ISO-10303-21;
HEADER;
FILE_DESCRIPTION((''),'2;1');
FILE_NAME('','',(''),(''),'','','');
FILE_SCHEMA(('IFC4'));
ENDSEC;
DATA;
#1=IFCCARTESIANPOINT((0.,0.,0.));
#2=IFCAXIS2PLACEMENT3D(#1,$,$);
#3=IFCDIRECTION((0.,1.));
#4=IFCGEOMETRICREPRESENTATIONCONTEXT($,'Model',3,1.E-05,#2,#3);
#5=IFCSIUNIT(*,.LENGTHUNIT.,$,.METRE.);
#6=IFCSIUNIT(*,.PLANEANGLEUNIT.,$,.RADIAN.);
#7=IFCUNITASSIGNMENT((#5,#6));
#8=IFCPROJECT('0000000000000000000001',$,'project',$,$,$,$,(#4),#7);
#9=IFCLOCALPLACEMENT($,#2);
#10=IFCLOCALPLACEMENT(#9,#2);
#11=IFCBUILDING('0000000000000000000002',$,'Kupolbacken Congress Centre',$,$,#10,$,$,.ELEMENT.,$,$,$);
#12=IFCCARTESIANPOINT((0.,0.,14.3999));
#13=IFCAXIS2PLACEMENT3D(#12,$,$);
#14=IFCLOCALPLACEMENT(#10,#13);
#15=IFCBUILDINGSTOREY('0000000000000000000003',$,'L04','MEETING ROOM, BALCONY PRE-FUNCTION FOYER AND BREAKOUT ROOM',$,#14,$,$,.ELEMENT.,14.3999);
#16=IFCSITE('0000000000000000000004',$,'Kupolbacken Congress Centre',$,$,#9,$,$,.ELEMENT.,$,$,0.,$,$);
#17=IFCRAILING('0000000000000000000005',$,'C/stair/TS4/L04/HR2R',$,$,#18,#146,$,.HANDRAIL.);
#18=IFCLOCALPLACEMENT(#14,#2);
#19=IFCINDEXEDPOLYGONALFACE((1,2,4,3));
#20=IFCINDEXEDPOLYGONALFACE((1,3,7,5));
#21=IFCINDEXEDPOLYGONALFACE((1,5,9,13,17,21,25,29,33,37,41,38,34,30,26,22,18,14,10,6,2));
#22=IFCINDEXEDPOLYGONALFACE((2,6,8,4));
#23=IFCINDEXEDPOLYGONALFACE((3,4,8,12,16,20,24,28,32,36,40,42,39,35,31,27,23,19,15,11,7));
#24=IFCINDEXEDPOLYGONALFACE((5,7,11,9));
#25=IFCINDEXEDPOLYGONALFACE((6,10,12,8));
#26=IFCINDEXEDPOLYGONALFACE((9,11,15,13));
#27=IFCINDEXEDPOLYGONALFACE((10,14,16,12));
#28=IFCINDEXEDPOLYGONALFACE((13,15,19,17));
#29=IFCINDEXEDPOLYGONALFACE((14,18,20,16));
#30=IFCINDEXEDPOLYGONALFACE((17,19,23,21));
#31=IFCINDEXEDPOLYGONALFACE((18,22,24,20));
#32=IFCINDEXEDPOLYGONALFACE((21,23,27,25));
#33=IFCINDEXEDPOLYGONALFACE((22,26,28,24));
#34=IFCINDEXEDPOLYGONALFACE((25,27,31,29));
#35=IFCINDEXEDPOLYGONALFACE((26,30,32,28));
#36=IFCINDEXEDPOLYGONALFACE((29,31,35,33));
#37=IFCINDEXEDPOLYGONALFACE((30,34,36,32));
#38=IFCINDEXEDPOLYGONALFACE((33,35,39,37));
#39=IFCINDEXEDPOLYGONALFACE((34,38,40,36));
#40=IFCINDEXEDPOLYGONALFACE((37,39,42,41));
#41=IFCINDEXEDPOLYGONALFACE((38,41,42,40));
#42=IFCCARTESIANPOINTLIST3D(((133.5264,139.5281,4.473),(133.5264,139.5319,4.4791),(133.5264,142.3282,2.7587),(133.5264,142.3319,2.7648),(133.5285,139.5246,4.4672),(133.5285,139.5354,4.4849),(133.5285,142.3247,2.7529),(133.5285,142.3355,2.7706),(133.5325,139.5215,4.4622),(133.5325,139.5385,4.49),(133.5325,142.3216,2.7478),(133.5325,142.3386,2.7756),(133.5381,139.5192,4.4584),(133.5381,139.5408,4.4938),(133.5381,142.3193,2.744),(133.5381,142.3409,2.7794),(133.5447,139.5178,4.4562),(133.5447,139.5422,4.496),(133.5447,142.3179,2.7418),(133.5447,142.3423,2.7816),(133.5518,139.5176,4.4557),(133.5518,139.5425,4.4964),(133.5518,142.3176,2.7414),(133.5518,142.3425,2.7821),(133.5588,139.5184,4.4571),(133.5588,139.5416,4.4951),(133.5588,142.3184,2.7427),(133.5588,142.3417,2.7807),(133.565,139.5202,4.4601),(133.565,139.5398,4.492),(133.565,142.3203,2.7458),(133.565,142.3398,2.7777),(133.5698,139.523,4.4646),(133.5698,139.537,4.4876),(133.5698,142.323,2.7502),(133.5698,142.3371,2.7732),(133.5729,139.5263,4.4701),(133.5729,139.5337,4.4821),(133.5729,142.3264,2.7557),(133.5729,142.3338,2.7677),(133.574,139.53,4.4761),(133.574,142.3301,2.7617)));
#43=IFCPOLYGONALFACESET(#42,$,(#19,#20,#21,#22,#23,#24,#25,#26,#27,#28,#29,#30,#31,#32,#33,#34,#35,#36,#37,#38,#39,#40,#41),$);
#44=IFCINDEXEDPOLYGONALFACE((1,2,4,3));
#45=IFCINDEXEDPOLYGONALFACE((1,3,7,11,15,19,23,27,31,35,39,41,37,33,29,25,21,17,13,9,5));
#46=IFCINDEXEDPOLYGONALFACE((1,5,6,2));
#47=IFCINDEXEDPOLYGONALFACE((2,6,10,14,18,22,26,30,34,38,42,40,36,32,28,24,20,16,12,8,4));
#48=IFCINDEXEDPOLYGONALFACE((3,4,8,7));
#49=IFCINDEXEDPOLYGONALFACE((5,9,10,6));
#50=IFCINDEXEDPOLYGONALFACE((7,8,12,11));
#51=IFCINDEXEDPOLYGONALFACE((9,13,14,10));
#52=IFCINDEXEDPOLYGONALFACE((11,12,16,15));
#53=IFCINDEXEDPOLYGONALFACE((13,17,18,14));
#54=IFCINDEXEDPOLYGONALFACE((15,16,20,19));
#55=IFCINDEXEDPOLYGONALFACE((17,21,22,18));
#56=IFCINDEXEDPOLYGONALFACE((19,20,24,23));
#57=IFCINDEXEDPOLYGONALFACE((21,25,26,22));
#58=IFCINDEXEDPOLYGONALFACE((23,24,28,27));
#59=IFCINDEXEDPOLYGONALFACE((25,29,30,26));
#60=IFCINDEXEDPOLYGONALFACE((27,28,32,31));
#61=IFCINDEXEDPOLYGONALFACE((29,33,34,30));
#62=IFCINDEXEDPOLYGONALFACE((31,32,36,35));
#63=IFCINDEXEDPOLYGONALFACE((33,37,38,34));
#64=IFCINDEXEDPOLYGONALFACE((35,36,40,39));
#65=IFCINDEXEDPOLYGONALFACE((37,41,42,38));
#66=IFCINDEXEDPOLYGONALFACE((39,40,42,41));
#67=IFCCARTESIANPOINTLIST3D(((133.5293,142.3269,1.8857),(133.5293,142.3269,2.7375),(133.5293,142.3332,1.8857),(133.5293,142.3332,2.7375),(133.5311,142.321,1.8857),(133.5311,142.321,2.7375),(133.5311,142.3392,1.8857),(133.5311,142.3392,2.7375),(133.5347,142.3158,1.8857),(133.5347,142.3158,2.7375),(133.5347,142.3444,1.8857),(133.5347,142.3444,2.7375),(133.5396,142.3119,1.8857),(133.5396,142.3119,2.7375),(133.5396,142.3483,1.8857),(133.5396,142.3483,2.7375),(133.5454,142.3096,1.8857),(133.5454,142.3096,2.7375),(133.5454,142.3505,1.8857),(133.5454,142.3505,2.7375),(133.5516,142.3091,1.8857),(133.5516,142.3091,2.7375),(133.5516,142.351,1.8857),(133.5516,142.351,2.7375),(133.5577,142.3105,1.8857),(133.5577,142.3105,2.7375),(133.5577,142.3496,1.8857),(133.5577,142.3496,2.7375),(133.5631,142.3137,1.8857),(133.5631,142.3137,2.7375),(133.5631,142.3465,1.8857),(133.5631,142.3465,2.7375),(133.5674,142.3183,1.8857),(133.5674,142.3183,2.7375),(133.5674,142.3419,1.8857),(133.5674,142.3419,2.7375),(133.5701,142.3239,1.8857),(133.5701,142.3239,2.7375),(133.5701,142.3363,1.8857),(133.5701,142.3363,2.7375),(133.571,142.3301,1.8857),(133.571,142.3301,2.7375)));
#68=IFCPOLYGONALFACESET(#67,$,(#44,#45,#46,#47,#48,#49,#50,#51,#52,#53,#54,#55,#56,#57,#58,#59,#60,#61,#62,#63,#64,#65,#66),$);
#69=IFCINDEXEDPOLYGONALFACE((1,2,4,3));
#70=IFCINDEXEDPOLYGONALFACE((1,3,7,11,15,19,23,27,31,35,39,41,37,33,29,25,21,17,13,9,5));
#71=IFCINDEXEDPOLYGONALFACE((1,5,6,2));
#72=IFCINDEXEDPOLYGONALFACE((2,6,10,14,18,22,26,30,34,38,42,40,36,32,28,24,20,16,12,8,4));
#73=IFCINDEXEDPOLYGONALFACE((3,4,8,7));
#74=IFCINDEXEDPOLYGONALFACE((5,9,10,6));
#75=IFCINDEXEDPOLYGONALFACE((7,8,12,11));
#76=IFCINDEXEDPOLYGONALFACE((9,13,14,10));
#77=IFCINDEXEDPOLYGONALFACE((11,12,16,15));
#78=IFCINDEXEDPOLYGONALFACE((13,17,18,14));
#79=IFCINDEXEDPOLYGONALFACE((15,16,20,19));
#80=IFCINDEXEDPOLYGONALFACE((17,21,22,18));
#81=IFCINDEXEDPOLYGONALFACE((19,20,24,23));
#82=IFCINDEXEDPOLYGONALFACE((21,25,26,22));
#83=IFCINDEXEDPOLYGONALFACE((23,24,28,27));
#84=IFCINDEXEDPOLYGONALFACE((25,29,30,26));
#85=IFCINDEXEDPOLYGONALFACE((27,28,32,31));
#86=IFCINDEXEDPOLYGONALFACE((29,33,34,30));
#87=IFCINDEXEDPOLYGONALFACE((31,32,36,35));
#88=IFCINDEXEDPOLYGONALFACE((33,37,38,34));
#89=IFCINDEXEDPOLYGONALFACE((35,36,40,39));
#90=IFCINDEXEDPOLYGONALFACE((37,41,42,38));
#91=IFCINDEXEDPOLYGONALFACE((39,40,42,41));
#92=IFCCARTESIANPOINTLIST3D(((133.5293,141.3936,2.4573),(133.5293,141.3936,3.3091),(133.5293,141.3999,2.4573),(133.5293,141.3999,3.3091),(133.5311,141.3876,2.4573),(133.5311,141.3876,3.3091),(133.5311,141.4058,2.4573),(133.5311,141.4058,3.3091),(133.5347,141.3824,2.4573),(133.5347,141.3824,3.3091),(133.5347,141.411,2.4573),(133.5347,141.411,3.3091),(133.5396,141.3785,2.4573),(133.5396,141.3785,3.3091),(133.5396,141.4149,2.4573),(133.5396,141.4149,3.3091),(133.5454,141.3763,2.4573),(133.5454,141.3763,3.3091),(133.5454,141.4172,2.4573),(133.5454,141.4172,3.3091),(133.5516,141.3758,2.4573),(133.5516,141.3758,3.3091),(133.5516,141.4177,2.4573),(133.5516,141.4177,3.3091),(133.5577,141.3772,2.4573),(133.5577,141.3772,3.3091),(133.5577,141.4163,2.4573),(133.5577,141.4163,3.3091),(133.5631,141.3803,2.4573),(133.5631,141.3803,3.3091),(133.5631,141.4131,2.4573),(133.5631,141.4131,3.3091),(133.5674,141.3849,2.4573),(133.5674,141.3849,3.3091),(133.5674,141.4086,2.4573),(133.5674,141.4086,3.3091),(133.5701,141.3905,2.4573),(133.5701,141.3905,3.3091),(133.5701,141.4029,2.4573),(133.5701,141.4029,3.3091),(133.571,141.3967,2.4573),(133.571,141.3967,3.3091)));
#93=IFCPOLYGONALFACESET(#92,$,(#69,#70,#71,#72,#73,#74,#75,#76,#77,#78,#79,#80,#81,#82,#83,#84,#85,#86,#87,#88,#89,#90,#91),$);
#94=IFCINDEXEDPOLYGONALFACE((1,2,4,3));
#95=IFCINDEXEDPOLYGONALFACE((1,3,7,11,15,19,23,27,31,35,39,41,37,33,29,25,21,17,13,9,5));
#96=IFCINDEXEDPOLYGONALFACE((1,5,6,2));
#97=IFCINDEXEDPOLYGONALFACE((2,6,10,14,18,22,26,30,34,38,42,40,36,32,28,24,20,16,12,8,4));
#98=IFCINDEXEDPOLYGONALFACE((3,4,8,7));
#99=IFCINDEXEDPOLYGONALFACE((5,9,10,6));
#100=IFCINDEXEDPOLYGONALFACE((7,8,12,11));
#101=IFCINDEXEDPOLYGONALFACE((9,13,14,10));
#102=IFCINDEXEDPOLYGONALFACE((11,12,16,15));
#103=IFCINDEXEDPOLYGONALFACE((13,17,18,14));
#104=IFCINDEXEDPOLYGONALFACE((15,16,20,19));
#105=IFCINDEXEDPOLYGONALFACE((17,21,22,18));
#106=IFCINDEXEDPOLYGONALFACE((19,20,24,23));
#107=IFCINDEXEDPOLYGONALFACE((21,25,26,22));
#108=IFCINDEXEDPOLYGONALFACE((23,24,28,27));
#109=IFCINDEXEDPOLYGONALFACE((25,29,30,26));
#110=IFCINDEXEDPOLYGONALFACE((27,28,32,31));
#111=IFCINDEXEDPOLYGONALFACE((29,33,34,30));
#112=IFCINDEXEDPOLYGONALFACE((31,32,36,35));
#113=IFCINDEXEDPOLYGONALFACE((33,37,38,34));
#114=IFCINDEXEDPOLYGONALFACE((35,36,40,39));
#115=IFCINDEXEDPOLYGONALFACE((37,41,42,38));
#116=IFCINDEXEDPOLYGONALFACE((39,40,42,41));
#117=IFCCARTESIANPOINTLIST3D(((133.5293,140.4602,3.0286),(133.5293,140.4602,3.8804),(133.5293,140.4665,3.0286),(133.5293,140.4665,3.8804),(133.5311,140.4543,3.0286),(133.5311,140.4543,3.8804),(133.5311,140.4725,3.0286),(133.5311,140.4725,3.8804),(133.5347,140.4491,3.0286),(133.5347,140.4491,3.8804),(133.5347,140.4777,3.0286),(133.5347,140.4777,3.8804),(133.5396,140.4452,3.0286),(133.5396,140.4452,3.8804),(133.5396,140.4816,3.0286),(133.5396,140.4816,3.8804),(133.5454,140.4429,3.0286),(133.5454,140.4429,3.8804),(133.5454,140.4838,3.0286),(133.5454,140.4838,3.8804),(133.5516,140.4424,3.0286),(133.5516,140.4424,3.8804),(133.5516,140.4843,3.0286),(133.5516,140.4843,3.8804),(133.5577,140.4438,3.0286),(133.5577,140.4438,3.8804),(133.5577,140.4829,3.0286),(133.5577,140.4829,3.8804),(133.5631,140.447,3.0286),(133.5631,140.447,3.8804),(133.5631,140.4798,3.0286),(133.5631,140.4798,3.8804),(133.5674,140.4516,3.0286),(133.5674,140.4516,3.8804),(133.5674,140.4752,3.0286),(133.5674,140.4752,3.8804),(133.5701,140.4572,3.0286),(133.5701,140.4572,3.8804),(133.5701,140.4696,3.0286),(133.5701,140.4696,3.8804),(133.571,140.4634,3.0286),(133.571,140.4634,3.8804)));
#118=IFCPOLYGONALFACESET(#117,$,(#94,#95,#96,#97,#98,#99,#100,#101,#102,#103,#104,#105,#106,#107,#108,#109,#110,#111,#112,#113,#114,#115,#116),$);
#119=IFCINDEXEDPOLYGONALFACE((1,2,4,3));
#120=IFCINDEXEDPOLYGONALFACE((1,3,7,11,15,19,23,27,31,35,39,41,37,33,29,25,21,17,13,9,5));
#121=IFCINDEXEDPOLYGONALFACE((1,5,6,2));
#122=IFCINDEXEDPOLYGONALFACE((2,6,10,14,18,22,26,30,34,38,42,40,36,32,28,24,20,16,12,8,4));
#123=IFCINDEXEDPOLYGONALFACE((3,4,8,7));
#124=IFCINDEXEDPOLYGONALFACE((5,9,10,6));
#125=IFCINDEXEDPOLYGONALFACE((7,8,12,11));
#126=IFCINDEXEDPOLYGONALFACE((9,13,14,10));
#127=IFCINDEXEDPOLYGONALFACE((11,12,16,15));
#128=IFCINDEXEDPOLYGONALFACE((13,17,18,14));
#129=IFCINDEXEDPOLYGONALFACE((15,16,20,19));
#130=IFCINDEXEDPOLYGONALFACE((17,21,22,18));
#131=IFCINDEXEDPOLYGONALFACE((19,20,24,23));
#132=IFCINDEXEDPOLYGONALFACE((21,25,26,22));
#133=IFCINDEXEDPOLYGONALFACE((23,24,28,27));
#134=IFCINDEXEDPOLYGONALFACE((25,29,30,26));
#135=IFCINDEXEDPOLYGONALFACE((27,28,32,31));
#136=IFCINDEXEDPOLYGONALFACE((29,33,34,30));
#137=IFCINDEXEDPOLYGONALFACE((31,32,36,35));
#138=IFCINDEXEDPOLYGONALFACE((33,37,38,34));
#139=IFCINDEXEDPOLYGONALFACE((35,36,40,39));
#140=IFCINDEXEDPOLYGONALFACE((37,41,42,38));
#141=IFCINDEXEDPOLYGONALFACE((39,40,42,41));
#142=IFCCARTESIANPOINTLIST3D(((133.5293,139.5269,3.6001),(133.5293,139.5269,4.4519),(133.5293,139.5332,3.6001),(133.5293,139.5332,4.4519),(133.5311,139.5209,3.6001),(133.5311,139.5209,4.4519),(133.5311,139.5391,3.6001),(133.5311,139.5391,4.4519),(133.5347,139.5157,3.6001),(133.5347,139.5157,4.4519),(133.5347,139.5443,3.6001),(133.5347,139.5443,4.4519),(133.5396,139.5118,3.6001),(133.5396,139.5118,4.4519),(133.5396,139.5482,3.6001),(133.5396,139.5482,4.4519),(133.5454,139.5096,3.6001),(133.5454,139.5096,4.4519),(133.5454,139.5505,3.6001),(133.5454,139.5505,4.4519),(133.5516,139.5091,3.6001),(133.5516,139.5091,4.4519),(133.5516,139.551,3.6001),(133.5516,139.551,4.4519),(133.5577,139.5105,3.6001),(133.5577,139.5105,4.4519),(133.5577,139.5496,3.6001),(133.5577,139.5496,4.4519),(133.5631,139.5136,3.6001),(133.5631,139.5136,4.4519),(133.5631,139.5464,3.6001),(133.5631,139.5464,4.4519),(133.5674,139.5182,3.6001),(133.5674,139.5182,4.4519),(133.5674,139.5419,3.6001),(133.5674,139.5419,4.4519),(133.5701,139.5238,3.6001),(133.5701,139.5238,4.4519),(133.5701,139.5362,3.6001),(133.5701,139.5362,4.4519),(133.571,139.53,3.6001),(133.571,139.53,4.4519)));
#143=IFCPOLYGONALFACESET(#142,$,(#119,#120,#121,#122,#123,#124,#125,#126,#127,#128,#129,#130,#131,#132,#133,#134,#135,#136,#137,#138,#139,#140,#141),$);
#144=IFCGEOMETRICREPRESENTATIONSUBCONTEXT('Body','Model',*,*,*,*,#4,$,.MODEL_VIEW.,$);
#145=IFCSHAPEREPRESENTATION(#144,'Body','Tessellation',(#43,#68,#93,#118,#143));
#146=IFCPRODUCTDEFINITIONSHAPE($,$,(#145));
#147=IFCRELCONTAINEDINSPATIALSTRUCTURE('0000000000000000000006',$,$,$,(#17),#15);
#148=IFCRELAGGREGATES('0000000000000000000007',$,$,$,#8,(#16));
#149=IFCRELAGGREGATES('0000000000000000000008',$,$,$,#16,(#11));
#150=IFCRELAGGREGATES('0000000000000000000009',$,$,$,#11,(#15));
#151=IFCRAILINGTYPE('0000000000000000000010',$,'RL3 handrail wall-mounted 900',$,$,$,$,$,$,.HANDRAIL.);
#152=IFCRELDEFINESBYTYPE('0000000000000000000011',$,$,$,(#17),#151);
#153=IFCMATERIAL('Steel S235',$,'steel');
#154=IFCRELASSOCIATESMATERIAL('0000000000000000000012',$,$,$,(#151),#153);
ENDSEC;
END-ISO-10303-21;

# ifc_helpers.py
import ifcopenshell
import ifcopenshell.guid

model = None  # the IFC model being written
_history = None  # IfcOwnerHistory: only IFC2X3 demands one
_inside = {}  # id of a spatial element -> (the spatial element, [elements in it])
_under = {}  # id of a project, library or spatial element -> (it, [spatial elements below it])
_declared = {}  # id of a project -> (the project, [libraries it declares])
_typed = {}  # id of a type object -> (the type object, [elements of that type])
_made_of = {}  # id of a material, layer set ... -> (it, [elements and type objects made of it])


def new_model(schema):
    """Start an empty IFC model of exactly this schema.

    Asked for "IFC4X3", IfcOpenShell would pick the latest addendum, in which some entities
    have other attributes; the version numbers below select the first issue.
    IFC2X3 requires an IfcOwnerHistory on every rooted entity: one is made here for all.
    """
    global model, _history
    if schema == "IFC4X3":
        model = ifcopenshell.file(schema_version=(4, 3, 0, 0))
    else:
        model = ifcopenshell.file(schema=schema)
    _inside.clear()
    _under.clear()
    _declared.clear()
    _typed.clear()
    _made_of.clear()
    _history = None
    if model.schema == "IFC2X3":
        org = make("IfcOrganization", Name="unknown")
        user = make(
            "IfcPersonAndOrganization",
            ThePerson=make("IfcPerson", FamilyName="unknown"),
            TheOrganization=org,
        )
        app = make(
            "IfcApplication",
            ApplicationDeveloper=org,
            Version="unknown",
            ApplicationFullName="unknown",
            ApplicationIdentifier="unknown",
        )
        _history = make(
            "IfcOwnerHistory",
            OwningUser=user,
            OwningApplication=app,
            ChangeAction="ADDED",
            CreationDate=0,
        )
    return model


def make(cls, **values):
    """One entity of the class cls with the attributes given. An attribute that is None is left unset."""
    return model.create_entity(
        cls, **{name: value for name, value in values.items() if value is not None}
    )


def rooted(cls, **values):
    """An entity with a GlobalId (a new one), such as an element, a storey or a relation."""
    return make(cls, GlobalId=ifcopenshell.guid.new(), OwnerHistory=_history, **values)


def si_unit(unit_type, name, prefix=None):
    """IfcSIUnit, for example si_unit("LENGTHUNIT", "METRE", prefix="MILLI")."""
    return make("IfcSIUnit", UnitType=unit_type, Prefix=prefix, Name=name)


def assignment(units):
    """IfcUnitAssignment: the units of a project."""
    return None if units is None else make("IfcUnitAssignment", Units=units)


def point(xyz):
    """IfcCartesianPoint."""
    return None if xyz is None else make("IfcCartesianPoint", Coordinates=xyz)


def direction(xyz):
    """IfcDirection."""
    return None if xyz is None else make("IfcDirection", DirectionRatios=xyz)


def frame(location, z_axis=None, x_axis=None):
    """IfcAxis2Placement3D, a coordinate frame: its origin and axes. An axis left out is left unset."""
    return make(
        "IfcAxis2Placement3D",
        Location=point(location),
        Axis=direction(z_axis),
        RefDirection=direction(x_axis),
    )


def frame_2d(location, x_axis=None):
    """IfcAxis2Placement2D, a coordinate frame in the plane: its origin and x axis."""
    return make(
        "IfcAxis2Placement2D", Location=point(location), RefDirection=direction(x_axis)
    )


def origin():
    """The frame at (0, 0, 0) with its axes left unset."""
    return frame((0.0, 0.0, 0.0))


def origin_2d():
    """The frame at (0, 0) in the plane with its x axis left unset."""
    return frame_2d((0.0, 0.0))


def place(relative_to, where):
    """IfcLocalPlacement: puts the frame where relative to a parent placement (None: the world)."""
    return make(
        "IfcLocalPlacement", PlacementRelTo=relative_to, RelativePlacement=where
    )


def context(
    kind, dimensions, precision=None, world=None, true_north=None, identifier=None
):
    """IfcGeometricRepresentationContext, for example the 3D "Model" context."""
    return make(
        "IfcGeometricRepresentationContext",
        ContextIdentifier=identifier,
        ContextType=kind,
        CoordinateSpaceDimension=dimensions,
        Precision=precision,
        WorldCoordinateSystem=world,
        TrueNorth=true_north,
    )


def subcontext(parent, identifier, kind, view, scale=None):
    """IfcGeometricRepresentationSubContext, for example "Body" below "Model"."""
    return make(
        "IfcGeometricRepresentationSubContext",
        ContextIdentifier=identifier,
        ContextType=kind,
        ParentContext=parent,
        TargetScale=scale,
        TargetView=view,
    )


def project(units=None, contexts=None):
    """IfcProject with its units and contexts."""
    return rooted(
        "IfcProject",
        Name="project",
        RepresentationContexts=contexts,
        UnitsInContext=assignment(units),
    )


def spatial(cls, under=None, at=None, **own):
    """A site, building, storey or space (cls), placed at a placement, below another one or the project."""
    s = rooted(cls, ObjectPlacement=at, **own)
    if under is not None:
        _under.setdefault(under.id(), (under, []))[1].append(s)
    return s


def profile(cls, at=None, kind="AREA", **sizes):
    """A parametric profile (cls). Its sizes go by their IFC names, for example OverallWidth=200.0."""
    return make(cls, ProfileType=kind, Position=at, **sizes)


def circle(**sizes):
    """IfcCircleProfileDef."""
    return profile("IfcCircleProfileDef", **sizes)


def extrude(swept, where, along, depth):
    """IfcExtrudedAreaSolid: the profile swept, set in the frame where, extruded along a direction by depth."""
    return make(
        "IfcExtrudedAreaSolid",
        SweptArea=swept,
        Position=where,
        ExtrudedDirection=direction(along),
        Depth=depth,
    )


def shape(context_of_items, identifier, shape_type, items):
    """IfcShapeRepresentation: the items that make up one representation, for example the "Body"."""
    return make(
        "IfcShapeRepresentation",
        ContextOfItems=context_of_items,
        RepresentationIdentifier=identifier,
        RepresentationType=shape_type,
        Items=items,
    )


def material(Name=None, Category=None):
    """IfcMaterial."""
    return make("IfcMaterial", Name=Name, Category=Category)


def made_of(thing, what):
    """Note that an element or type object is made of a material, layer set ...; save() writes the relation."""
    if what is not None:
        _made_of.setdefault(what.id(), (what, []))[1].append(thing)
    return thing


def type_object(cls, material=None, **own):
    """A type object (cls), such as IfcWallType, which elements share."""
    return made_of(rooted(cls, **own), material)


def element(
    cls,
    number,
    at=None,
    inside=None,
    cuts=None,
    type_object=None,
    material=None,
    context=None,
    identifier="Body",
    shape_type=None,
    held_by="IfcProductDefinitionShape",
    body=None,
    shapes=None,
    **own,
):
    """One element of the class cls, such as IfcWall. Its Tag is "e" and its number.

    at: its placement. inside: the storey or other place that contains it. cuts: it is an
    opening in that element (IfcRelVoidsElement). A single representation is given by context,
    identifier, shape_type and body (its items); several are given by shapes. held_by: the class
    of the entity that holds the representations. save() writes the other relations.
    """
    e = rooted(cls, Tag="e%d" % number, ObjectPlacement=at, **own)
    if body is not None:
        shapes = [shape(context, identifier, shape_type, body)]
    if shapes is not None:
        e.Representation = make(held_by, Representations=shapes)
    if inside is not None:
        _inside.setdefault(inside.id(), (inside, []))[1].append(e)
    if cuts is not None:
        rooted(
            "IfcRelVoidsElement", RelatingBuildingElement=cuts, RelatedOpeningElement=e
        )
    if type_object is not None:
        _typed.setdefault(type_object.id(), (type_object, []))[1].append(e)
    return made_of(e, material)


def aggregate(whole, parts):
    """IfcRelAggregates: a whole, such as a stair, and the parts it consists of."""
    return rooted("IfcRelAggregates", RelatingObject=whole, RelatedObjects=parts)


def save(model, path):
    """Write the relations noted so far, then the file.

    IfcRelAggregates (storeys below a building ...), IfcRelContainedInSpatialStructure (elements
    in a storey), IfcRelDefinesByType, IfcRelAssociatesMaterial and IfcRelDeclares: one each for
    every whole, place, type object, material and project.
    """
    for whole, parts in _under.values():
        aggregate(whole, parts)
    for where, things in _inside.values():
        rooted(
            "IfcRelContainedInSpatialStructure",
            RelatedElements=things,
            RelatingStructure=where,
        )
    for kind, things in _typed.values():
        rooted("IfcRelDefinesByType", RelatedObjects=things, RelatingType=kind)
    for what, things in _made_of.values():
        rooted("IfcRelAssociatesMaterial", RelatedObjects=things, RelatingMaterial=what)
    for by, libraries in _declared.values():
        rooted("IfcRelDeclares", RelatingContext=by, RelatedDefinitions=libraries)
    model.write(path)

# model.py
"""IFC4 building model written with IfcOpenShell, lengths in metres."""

from ifc_helpers import new_model, si_unit, direction, frame, origin, origin_2d, place, context, subcontext, project, spatial, circle, extrude, material, type_object, element, save


model = new_model("IFC4")

# Units and contexts
model_context = context("Model", 3, precision=1e-05, world=origin(), true_north=direction((0.0, 1.0)))
body_context = subcontext(model_context, "Body", "Model", "MODEL_VIEW")
ifc_project = project(units=[si_unit("LENGTHUNIT", "METRE"), si_unit("PLANEANGLEUNIT", "RADIAN")], contexts=[model_context])

# Site, building, storey
site_placement = place(None, origin())
site = spatial("IfcSite", under=ifc_project, at=site_placement, Name="Kupolbacken Congress Centre", CompositionType="ELEMENT", RefElevation=0.0)
building_placement = place(site_placement, origin())
building = spatial("IfcBuilding", under=site, at=building_placement, Name="Kupolbacken Congress Centre", CompositionType="ELEMENT")
storey_placement = place(building_placement, frame((0.0, 0.0, 14.3999)))
storey = spatial("IfcBuildingStorey", under=building, at=storey_placement, Name="L04", Description="MEETING ROOM, BALCONY PRE-FUNCTION FOYER AND BREAKOUT ROOM", CompositionType="ELEMENT", Elevation=14.3999)

# Railing
ifc_material_1 = material(Name="Steel S235", Category="steel")
railing_type = type_object("IfcRailingType", Name="RL3 handrail wall-mounted 900", PredefinedType="HANDRAIL", material=ifc_material_1)
for number, where, name in (
    (1, (133.55, 142.3301, 1.8857), "C/stair/TS4/L04/HR2R"),
):
    element("IfcRailing", number, at=place(storey_placement, frame(where)), inside=storey, type_object=railing_type, Name=name, PredefinedType="HANDRAIL", context=body_context, shape_type="SweptSolid", body=[
        extrude(circle(Radius=0.0239, at=origin_2d()), frame((0.0, 0.0, 0.876), z_axis=(0.0, -0.852846, 0.522163), x_axis=(1.0, 0.0, 0.0)), (0.0, 0.0, 1.0), 3.2832),
        extrude(circle(Radius=0.021, at=origin_2d()), origin(), (0.0, 0.0, 1.0), 0.8518),
        extrude(circle(Radius=0.021, at=origin_2d()), frame((0.0, -0.9333, 0.5715)), (0.0, 0.0, 1.0), 0.8518),
        extrude(circle(Radius=0.021, at=origin_2d()), frame((0.0, -1.8667, 1.1428)), (0.0, 0.0, 1.0), 0.8518),
        extrude(circle(Radius=0.021, at=origin_2d()), frame((0.0, -2.8, 1.7144)), (0.0, 0.0, 1.0), 0.8518),
    ])

save(model, "model.ifc")
